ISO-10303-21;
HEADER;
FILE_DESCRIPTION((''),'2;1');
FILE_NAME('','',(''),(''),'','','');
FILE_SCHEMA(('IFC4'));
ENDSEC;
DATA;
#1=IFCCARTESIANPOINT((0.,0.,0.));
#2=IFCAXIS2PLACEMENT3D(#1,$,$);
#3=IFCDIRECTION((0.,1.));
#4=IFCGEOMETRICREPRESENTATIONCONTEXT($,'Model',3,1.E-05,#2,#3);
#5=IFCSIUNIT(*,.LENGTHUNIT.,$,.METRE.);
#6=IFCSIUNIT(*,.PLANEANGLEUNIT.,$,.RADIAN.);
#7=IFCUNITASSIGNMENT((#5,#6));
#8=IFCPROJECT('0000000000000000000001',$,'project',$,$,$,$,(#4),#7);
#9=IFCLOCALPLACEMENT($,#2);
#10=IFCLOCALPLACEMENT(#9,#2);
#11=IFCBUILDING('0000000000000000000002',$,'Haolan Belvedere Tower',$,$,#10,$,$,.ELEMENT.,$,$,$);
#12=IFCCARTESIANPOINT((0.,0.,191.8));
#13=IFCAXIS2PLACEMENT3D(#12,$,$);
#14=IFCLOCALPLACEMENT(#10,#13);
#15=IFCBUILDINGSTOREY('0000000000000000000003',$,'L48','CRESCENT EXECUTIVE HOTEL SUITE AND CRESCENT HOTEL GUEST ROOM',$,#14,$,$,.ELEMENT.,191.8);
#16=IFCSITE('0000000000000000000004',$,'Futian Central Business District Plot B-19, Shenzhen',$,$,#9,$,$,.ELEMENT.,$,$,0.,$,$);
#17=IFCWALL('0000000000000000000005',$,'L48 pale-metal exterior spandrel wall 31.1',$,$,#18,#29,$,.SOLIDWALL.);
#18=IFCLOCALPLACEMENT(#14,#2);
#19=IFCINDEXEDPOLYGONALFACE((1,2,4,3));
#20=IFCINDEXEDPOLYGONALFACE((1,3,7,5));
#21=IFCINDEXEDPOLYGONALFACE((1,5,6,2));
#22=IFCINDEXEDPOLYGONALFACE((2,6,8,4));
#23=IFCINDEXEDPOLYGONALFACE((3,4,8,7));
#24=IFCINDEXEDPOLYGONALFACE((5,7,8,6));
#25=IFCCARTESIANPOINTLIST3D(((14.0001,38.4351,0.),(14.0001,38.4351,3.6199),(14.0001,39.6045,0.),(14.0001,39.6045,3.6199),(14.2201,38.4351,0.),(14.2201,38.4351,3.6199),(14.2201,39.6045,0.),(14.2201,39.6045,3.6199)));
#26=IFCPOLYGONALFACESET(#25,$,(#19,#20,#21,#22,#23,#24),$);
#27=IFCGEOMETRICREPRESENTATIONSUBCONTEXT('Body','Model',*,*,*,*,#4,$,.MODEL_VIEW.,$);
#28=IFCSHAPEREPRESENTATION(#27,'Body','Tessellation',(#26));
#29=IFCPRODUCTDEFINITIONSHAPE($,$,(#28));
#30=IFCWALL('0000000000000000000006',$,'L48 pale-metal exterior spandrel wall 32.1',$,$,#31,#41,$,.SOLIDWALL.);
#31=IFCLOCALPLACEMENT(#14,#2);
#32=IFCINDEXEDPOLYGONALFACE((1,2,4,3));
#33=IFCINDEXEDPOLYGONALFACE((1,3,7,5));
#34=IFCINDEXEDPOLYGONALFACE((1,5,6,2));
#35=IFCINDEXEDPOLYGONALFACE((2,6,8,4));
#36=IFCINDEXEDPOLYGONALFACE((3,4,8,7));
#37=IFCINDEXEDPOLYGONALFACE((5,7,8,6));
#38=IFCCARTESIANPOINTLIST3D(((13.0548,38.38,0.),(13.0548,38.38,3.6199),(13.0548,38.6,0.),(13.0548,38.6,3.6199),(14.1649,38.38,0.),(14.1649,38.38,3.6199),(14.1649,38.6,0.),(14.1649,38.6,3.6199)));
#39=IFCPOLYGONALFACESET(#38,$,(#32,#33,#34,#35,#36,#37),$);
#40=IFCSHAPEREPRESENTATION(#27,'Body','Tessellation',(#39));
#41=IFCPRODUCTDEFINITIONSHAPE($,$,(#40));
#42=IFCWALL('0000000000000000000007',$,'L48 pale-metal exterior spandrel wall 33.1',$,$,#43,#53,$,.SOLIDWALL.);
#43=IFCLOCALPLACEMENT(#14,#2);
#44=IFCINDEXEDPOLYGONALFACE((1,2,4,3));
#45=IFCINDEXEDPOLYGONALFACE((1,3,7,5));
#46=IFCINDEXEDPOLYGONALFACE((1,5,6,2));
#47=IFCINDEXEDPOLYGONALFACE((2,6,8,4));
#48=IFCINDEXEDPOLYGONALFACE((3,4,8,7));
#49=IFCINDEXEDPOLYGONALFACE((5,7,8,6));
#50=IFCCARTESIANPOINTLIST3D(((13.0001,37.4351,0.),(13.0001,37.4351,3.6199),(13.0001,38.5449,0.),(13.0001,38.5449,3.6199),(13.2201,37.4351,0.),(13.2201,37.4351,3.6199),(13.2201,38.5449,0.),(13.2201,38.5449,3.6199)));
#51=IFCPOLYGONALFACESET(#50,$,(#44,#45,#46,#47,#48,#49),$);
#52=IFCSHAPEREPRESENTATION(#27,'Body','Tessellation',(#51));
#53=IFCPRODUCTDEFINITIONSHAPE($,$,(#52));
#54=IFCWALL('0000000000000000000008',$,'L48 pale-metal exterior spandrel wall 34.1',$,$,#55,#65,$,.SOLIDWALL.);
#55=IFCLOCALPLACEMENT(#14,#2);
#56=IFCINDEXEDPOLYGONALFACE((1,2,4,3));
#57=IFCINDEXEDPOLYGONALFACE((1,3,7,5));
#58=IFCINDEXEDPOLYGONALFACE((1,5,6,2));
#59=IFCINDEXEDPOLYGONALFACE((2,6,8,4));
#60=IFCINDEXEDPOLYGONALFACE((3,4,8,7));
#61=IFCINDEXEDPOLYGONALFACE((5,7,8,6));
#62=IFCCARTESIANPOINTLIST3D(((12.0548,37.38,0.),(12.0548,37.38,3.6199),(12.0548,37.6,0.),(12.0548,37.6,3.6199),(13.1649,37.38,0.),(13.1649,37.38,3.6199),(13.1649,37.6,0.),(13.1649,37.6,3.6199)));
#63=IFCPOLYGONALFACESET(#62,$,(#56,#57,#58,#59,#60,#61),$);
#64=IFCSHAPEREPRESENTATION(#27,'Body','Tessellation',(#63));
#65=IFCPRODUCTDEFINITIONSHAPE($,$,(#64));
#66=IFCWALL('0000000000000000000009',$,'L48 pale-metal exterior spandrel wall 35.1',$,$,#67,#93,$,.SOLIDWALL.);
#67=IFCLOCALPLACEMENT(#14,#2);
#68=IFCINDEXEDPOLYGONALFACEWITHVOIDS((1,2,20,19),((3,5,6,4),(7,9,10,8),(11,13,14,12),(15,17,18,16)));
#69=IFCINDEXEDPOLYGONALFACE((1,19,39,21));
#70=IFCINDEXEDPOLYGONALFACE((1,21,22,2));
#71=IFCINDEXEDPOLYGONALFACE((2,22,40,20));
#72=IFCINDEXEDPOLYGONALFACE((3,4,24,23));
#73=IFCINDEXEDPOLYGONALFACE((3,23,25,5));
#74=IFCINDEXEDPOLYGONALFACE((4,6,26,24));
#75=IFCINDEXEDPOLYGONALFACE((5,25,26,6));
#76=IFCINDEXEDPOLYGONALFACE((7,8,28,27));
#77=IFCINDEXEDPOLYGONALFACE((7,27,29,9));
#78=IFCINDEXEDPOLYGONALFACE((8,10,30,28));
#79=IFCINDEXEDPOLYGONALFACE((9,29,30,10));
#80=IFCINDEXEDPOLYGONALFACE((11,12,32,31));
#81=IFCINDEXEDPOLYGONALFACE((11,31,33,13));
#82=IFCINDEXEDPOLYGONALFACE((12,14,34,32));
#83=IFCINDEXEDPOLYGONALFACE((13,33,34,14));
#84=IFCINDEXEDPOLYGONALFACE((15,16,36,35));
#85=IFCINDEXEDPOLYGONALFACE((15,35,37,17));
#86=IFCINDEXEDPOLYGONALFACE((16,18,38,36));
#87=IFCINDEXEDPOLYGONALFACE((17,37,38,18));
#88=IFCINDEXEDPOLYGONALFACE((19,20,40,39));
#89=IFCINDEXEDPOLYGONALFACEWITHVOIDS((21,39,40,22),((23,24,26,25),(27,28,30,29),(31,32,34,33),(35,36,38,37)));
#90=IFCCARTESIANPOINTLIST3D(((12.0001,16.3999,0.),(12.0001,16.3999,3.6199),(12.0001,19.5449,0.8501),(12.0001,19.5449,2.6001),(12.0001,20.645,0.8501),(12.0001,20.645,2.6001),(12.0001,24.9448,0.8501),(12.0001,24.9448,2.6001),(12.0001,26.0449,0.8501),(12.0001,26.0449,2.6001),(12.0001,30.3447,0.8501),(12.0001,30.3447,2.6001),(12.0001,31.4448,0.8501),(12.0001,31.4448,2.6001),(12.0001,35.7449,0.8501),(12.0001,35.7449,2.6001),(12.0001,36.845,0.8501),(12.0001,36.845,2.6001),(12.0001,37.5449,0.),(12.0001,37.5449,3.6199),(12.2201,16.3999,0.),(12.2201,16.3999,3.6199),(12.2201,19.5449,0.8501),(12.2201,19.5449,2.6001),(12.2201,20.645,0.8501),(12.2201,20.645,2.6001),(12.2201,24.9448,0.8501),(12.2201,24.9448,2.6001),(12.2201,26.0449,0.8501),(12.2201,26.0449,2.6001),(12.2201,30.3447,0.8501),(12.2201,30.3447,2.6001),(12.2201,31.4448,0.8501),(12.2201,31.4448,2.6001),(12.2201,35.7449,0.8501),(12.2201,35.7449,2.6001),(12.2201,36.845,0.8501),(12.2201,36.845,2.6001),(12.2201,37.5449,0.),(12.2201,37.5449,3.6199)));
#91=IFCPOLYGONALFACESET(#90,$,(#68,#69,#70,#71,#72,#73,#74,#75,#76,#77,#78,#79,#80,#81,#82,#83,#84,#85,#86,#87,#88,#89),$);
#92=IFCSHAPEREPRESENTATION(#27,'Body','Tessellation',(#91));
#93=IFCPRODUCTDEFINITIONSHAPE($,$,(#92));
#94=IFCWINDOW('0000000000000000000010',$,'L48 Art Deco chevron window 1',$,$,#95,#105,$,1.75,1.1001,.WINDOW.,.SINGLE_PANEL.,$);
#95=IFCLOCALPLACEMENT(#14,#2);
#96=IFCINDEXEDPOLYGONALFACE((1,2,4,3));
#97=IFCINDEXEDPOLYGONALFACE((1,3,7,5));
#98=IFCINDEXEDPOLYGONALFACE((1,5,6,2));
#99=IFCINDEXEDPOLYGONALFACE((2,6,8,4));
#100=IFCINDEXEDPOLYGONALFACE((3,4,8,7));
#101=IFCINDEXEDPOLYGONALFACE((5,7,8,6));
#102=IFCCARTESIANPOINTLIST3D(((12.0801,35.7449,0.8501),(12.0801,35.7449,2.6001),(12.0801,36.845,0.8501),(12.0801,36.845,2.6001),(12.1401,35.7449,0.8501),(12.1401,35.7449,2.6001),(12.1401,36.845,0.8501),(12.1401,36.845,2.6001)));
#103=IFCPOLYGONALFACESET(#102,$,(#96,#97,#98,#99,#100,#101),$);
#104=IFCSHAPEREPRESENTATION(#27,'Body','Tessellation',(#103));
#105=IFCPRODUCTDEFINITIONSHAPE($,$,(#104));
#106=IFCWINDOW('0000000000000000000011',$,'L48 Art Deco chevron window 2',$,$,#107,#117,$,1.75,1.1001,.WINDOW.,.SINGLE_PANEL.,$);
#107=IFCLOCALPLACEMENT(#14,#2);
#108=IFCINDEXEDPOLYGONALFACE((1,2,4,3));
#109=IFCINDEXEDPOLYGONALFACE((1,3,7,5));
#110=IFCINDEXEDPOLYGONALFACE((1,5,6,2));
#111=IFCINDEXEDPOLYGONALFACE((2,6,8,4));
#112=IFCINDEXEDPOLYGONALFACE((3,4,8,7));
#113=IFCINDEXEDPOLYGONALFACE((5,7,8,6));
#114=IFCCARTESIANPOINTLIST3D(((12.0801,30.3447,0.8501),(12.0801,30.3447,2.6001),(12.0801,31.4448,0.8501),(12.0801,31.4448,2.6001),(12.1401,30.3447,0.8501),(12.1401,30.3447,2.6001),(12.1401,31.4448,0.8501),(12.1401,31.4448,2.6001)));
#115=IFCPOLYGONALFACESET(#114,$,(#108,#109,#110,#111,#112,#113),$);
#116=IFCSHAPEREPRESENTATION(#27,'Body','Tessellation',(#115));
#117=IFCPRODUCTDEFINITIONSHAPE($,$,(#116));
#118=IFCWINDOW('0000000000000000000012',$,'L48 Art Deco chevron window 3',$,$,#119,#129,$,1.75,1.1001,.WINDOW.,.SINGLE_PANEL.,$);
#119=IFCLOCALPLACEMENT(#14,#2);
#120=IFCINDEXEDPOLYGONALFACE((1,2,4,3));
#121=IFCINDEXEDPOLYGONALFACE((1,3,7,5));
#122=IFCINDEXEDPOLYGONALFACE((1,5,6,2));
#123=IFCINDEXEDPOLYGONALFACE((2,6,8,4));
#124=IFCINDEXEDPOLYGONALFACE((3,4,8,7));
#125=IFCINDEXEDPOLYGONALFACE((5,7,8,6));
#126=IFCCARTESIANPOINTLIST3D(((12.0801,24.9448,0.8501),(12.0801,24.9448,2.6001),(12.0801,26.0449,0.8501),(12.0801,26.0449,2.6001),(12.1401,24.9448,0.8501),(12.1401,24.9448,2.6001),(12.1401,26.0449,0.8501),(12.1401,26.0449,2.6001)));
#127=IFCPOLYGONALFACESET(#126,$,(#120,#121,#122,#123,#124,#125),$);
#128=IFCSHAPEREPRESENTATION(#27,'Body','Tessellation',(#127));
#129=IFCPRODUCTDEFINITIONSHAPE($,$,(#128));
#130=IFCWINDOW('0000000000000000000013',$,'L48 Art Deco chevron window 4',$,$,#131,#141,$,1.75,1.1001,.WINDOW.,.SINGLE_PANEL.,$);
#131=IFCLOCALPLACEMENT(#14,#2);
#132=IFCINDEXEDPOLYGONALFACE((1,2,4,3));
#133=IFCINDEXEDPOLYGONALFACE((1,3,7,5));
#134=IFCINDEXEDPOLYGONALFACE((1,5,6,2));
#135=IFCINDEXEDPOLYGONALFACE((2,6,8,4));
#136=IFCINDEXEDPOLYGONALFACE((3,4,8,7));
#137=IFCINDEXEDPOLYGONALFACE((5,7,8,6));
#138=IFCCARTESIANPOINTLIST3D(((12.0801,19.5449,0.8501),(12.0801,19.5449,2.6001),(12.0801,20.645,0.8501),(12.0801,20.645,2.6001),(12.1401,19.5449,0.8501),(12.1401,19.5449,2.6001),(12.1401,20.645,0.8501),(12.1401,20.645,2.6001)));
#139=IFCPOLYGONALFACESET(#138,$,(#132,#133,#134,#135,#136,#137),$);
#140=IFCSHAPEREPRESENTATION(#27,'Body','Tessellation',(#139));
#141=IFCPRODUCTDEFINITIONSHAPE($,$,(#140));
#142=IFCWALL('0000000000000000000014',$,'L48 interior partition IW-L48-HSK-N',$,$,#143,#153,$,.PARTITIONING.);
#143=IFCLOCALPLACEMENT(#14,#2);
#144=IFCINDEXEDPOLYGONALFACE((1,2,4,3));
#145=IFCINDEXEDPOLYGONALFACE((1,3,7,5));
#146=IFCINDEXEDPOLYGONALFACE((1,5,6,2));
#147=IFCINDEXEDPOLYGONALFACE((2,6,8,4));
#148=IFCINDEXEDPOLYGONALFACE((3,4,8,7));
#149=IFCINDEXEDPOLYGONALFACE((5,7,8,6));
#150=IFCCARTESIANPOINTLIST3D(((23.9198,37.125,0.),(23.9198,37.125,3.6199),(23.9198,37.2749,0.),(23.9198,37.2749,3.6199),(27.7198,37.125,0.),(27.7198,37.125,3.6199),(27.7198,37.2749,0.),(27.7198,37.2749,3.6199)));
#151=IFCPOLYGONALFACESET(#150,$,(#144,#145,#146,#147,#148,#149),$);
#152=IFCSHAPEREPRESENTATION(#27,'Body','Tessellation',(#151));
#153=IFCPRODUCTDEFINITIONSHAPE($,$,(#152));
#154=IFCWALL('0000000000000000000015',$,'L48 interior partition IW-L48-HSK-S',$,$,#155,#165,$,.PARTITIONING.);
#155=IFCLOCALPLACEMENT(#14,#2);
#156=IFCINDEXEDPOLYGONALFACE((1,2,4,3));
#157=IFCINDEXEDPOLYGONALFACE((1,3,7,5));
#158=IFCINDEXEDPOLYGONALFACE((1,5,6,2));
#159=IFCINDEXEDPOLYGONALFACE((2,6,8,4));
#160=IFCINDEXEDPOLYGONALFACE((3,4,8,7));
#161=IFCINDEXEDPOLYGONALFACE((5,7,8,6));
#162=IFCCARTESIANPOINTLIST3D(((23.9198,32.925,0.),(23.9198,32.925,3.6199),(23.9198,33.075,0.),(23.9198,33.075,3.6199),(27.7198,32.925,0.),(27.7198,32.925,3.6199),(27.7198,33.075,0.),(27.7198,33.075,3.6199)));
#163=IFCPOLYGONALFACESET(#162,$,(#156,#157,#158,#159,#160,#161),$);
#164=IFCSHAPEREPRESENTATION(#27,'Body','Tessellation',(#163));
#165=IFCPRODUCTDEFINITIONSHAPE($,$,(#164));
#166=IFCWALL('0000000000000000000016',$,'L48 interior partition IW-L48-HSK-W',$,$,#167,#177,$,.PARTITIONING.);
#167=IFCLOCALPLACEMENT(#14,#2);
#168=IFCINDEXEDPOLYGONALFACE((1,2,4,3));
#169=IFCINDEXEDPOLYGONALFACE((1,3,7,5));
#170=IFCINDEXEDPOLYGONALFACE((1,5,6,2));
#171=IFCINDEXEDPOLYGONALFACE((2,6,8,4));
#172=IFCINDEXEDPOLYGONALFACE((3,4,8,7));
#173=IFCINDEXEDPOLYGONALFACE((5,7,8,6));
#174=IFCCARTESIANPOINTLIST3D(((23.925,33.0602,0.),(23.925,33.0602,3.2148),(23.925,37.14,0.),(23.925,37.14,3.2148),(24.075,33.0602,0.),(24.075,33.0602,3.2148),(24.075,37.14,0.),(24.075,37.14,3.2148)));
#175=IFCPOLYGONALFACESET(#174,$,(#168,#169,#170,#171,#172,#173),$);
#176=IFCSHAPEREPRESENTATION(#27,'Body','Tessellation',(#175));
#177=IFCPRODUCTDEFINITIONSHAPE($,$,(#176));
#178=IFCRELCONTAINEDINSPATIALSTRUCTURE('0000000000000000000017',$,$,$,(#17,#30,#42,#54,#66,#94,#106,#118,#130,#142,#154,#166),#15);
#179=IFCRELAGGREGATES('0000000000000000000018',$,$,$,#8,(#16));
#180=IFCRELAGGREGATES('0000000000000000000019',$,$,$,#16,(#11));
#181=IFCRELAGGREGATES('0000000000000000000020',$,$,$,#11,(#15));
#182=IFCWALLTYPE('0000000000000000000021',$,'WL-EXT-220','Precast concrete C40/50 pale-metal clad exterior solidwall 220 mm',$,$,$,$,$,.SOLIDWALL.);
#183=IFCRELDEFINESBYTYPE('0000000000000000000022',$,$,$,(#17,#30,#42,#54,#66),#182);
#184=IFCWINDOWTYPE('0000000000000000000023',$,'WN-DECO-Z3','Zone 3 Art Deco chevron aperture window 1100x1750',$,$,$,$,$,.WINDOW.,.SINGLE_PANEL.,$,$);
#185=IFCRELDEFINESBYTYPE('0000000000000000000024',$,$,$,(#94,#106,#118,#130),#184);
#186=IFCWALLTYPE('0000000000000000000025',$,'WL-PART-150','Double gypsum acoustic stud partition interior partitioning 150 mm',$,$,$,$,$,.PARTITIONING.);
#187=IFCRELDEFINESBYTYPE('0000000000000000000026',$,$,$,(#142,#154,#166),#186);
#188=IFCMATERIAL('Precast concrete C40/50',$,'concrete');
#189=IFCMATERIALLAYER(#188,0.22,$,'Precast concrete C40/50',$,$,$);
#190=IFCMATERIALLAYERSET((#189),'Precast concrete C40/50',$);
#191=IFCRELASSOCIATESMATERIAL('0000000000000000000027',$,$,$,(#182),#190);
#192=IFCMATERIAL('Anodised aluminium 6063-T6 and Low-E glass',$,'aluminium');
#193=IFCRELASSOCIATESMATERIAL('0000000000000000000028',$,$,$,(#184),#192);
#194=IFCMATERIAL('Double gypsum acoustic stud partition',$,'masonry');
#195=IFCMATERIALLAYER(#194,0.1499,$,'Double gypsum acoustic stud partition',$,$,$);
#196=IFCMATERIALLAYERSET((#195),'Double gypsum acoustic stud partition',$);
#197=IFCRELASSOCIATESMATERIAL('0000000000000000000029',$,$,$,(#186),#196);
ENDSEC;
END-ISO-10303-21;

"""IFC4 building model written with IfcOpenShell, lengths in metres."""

from ifc_helpers import new_model, si_unit, direction, frame, frame_2d, origin, place, context, subcontext, project, spatial, rectangle, extrude, material, layer, layer_set, type_object, element, fill, save


model = new_model("IFC4")

# Units and contexts
model_context = context("Model", 3, precision=1e-05, world=origin(), true_north=direction((0.0, 1.0)))
body_context = subcontext(model_context, "Body", "Model", "MODEL_VIEW")
ifc_project = project(units=[si_unit("LENGTHUNIT", "METRE"), si_unit("PLANEANGLEUNIT", "RADIAN")], contexts=[model_context])

# Site, building, storey
site_placement = place(None, origin())
site = spatial("IfcSite", under=ifc_project, at=site_placement, Name="Futian Central Business District Plot B-19, Shenzhen", CompositionType="ELEMENT", RefElevation=0.0)
building_placement = place(site_placement, origin())
building = spatial("IfcBuilding", under=site, at=building_placement, Name="Haolan Belvedere Tower", CompositionType="ELEMENT")
storey_placement = place(building_placement, frame((0.0, 0.0, 191.8)))
storey = spatial("IfcBuildingStorey", under=building, at=storey_placement, Name="L48", Description="CRESCENT EXECUTIVE HOTEL SUITE AND CRESCENT HOTEL GUEST ROOM", CompositionType="ELEMENT", Elevation=191.8)

# Shared definitions
ifc_material_1 = material(Name="Precast concrete C40/50", Category="concrete")
ifc_layer_1 = layer(ifc_material_1, 0.22, Name="Precast concrete C40/50")
ifc_layer_set_1 = layer_set([ifc_layer_1], Name="Precast concrete C40/50")
wall_type_1 = type_object("IfcWallType", Name="WL-EXT-220", Description="Precast concrete C40/50 pale-metal clad exterior solidwall 220 mm", PredefinedType="SOLIDWALL", material=ifc_layer_set_1)

# Shared definitions
ifc_material_2 = material(Name="Anodised aluminium 6063-T6 and Low-E glass", Category="aluminium")
window_type = type_object("IfcWindowType", Name="WN-DECO-Z3", Description="Zone 3 Art Deco chevron aperture window 1100x1750", PartitioningType="SINGLE_PANEL", PredefinedType="WINDOW", material=ifc_material_2)

# Walls
wall_1_placement = place(storey_placement, frame((14.1101, 39.6045, 0.0), z_axis=(0.0, 0.0, 1.0), x_axis=(0.0, -1.0, 0.0)))
element("IfcWall", 1, at=wall_1_placement, inside=storey, type_object=wall_type_1, Name="L48 pale-metal exterior spandrel wall 31.1", PredefinedType="SOLIDWALL", context=body_context, shape_type="SweptSolid", body=[
    extrude(rectangle(XDim=1.1694, YDim=0.22, at=frame_2d((0.5847, 0.0))), origin(), (0.0, 0.0, 1.0), 3.6199),
])
wall_2_placement = place(storey_placement, frame((14.165, 38.49, 0.0), z_axis=(0.0, 0.0, 1.0), x_axis=(-1.0, 0.0, 0.0)))
element("IfcWall", 2, at=wall_2_placement, inside=storey, type_object=wall_type_1, Name="L48 pale-metal exterior spandrel wall 32.1", PredefinedType="SOLIDWALL", context=body_context, shape_type="SweptSolid", body=[
    extrude(rectangle(XDim=1.1101, YDim=0.22, at=frame_2d((0.5552, 0.0))), origin(), (0.0, 0.0, 1.0), 3.6199),
])
wall_3_placement = place(storey_placement, frame((13.1101, 38.5449, 0.0), z_axis=(0.0, 0.0, 1.0), x_axis=(0.0, -1.0, 0.0)))
element("IfcWall", 3, at=wall_3_placement, inside=storey, type_object=wall_type_1, Name="L48 pale-metal exterior spandrel wall 33.1", PredefinedType="SOLIDWALL", context=body_context, shape_type="SweptSolid", body=[
    extrude(rectangle(XDim=1.1099, YDim=0.22, at=frame_2d((0.5549, 0.0))), origin(), (0.0, 0.0, 1.0), 3.6199),
])
wall_4_placement = place(storey_placement, frame((13.165, 37.49, 0.0), z_axis=(0.0, 0.0, 1.0), x_axis=(-1.0, 0.0, 0.0)))
element("IfcWall", 4, at=wall_4_placement, inside=storey, type_object=wall_type_1, Name="L48 pale-metal exterior spandrel wall 34.1", PredefinedType="SOLIDWALL", context=body_context, shape_type="SweptSolid", body=[
    extrude(rectangle(XDim=1.1101, YDim=0.22, at=frame_2d((0.5552, 0.0))), origin(), (0.0, 0.0, 1.0), 3.6199),
])

# Wall, openings, windows
wall_5_placement = place(storey_placement, frame((12.1101, 37.5449, 0.0), z_axis=(0.0, 0.0, 1.0), x_axis=(0.0, -1.0, 0.0)))
wall_5 = element("IfcWall", 5, at=wall_5_placement, inside=storey, type_object=wall_type_1, Name="L48 pale-metal exterior spandrel wall 35.1", PredefinedType="SOLIDWALL", context=body_context, shape_type="SweptSolid", body=[
    extrude(rectangle(XDim=21.145, YDim=0.22, at=frame_2d((10.5725, 0.0))), origin(), (0.0, 0.0, 1.0), 3.6199),
])
opening_1_placement = place(wall_5_placement, frame((0.7, 0.0, 0.8501)))
opening_1 = element("IfcOpeningElement", 6, at=opening_1_placement, cuts=wall_5, PredefinedType="OPENING", context=body_context, shape_type="SweptSolid", body=[
    extrude(rectangle(XDim=1.1001, YDim=1.75, at=frame_2d((0.55, 0.875))), frame((0.0, 0.1199, 0.0), z_axis=(0.0, -1.0, 0.0), x_axis=(1.0, 0.0, 0.0)), (0.0, 0.0, 1.0), 0.24),
])
opening_2_placement = place(wall_5_placement, frame((6.1001, 0.0, 0.8501)))
opening_2 = element("IfcOpeningElement", 7, at=opening_2_placement, cuts=wall_5, PredefinedType="OPENING", context=body_context, shape_type="SweptSolid", body=[
    extrude(rectangle(XDim=1.1001, YDim=1.75, at=frame_2d((0.55, 0.875))), frame((0.0, 0.1199, 0.0), z_axis=(0.0, -1.0, 0.0), x_axis=(1.0, 0.0, 0.0)), (0.0, 0.0, 1.0), 0.24),
])
opening_3_placement = place(wall_5_placement, frame((11.5, 0.0, 0.8501)))
opening_3 = element("IfcOpeningElement", 8, at=opening_3_placement, cuts=wall_5, PredefinedType="OPENING", context=body_context, shape_type="SweptSolid", body=[
    extrude(rectangle(XDim=1.1001, YDim=1.75, at=frame_2d((0.55, 0.875))), frame((0.0, 0.1199, 0.0), z_axis=(0.0, -1.0, 0.0), x_axis=(1.0, 0.0, 0.0)), (0.0, 0.0, 1.0), 0.24),
])
opening_4_placement = place(wall_5_placement, frame((16.8999, 0.0, 0.8501)))
opening_4 = element("IfcOpeningElement", 9, at=opening_4_placement, cuts=wall_5, PredefinedType="OPENING", context=body_context, shape_type="SweptSolid", body=[
    extrude(rectangle(XDim=1.1001, YDim=1.75, at=frame_2d((0.55, 0.875))), frame((0.0, 0.1199, 0.0), z_axis=(0.0, -1.0, 0.0), x_axis=(1.0, 0.0, 0.0)), (0.0, 0.0, 1.0), 0.24),
])
window_1_placement = place(opening_1_placement, origin())
window_1 = element("IfcWindow", 10, at=window_1_placement, inside=storey, type_object=window_type, Name="L48 Art Deco chevron window 1", OverallHeight=1.75, OverallWidth=1.1001, PartitioningType="SINGLE_PANEL", PredefinedType="WINDOW", context=body_context, shape_type="SweptSolid", body=[
    extrude(rectangle(XDim=1.1001, YDim=1.75, at=frame_2d((0.55, 0.875))), frame((0.0, 0.03, 0.0), z_axis=(0.0, -1.0, 0.0), x_axis=(1.0, 0.0, 0.0)), (0.0, 0.0, 1.0), 0.0601),
])
fill(opening_1, window_1)
window_2_placement = place(opening_2_placement, origin())
window_2 = element("IfcWindow", 11, at=window_2_placement, inside=storey, type_object=window_type, Name="L48 Art Deco chevron window 2", OverallHeight=1.75, OverallWidth=1.1001, PartitioningType="SINGLE_PANEL", PredefinedType="WINDOW", context=body_context, shape_type="SweptSolid", body=[
    extrude(rectangle(XDim=1.1001, YDim=1.75, at=frame_2d((0.55, 0.875))), frame((0.0, 0.03, 0.0), z_axis=(0.0, -1.0, 0.0), x_axis=(1.0, 0.0, 0.0)), (0.0, 0.0, 1.0), 0.0601),
])
fill(opening_2, window_2)
window_3_placement = place(opening_3_placement, origin())
window_3 = element("IfcWindow", 12, at=window_3_placement, inside=storey, type_object=window_type, Name="L48 Art Deco chevron window 3", OverallHeight=1.75, OverallWidth=1.1001, PartitioningType="SINGLE_PANEL", PredefinedType="WINDOW", context=body_context, shape_type="SweptSolid", body=[
    extrude(rectangle(XDim=1.1001, YDim=1.75, at=frame_2d((0.55, 0.875))), frame((0.0, 0.03, 0.0), z_axis=(0.0, -1.0, 0.0), x_axis=(1.0, 0.0, 0.0)), (0.0, 0.0, 1.0), 0.0601),
])
fill(opening_3, window_3)
window_4_placement = place(opening_4_placement, origin())
window_4 = element("IfcWindow", 13, at=window_4_placement, inside=storey, type_object=window_type, Name="L48 Art Deco chevron window 4", OverallHeight=1.75, OverallWidth=1.1001, PartitioningType="SINGLE_PANEL", PredefinedType="WINDOW", context=body_context, shape_type="SweptSolid", body=[
    extrude(rectangle(XDim=1.1001, YDim=1.75, at=frame_2d((0.55, 0.875))), frame((0.0, 0.03, 0.0), z_axis=(0.0, -1.0, 0.0), x_axis=(1.0, 0.0, 0.0)), (0.0, 0.0, 1.0), 0.0601),
])
fill(opening_4, window_4)

# Walls
ifc_material_3 = material(Name="Double gypsum acoustic stud partition", Category="masonry")
ifc_layer_2 = layer(ifc_material_3, 0.1499, Name="Double gypsum acoustic stud partition")
ifc_layer_set_2 = layer_set([ifc_layer_2], Name="Double gypsum acoustic stud partition")
wall_type_2 = type_object("IfcWallType", Name="WL-PART-150", Description="Double gypsum acoustic stud partition interior partitioning 150 mm", PredefinedType="PARTITIONING", material=ifc_layer_set_2)
for number, where, z_axis, x_axis, name in (
    (14, (23.9199, 37.2, 0.0), (0.0, 0.0, 1.0), (1.0, 0.0, 0.0), "L48 interior partition IW-L48-HSK-N"),
    (15, (23.9199, 33.0, 0.0), (0.0, 0.0, 1.0), (1.0, 0.0, 0.0), "L48 interior partition IW-L48-HSK-S"),
):
    element("IfcWall", number, at=place(storey_placement, frame(where, z_axis=z_axis, x_axis=x_axis)), inside=storey, type_object=wall_type_2, Name=name, PredefinedType="PARTITIONING", context=body_context, shape_type="SweptSolid", body=[
        extrude(rectangle(XDim=3.8, YDim=0.1499, at=frame_2d((1.8999, 0.0))), origin(), (0.0, 0.0, 1.0), 3.6199),
    ])
wall_6_placement = place(storey_placement, frame((24.0, 33.0601, 0.0), z_axis=(0.0, 0.0, 1.0), x_axis=(0.0, 1.0, 0.0)))
element("IfcWall", 16, at=wall_6_placement, inside=storey, type_object=wall_type_2, Name="L48 interior partition IW-L48-HSK-W", PredefinedType="PARTITIONING", context=body_context, shape_type="SweptSolid", body=[
    extrude(rectangle(XDim=4.0798, YDim=0.1499, at=frame_2d((2.04, 0.0))), origin(), (0.0, 0.0, 1.0), 3.2148),
])

save(model, "model.ifc")
